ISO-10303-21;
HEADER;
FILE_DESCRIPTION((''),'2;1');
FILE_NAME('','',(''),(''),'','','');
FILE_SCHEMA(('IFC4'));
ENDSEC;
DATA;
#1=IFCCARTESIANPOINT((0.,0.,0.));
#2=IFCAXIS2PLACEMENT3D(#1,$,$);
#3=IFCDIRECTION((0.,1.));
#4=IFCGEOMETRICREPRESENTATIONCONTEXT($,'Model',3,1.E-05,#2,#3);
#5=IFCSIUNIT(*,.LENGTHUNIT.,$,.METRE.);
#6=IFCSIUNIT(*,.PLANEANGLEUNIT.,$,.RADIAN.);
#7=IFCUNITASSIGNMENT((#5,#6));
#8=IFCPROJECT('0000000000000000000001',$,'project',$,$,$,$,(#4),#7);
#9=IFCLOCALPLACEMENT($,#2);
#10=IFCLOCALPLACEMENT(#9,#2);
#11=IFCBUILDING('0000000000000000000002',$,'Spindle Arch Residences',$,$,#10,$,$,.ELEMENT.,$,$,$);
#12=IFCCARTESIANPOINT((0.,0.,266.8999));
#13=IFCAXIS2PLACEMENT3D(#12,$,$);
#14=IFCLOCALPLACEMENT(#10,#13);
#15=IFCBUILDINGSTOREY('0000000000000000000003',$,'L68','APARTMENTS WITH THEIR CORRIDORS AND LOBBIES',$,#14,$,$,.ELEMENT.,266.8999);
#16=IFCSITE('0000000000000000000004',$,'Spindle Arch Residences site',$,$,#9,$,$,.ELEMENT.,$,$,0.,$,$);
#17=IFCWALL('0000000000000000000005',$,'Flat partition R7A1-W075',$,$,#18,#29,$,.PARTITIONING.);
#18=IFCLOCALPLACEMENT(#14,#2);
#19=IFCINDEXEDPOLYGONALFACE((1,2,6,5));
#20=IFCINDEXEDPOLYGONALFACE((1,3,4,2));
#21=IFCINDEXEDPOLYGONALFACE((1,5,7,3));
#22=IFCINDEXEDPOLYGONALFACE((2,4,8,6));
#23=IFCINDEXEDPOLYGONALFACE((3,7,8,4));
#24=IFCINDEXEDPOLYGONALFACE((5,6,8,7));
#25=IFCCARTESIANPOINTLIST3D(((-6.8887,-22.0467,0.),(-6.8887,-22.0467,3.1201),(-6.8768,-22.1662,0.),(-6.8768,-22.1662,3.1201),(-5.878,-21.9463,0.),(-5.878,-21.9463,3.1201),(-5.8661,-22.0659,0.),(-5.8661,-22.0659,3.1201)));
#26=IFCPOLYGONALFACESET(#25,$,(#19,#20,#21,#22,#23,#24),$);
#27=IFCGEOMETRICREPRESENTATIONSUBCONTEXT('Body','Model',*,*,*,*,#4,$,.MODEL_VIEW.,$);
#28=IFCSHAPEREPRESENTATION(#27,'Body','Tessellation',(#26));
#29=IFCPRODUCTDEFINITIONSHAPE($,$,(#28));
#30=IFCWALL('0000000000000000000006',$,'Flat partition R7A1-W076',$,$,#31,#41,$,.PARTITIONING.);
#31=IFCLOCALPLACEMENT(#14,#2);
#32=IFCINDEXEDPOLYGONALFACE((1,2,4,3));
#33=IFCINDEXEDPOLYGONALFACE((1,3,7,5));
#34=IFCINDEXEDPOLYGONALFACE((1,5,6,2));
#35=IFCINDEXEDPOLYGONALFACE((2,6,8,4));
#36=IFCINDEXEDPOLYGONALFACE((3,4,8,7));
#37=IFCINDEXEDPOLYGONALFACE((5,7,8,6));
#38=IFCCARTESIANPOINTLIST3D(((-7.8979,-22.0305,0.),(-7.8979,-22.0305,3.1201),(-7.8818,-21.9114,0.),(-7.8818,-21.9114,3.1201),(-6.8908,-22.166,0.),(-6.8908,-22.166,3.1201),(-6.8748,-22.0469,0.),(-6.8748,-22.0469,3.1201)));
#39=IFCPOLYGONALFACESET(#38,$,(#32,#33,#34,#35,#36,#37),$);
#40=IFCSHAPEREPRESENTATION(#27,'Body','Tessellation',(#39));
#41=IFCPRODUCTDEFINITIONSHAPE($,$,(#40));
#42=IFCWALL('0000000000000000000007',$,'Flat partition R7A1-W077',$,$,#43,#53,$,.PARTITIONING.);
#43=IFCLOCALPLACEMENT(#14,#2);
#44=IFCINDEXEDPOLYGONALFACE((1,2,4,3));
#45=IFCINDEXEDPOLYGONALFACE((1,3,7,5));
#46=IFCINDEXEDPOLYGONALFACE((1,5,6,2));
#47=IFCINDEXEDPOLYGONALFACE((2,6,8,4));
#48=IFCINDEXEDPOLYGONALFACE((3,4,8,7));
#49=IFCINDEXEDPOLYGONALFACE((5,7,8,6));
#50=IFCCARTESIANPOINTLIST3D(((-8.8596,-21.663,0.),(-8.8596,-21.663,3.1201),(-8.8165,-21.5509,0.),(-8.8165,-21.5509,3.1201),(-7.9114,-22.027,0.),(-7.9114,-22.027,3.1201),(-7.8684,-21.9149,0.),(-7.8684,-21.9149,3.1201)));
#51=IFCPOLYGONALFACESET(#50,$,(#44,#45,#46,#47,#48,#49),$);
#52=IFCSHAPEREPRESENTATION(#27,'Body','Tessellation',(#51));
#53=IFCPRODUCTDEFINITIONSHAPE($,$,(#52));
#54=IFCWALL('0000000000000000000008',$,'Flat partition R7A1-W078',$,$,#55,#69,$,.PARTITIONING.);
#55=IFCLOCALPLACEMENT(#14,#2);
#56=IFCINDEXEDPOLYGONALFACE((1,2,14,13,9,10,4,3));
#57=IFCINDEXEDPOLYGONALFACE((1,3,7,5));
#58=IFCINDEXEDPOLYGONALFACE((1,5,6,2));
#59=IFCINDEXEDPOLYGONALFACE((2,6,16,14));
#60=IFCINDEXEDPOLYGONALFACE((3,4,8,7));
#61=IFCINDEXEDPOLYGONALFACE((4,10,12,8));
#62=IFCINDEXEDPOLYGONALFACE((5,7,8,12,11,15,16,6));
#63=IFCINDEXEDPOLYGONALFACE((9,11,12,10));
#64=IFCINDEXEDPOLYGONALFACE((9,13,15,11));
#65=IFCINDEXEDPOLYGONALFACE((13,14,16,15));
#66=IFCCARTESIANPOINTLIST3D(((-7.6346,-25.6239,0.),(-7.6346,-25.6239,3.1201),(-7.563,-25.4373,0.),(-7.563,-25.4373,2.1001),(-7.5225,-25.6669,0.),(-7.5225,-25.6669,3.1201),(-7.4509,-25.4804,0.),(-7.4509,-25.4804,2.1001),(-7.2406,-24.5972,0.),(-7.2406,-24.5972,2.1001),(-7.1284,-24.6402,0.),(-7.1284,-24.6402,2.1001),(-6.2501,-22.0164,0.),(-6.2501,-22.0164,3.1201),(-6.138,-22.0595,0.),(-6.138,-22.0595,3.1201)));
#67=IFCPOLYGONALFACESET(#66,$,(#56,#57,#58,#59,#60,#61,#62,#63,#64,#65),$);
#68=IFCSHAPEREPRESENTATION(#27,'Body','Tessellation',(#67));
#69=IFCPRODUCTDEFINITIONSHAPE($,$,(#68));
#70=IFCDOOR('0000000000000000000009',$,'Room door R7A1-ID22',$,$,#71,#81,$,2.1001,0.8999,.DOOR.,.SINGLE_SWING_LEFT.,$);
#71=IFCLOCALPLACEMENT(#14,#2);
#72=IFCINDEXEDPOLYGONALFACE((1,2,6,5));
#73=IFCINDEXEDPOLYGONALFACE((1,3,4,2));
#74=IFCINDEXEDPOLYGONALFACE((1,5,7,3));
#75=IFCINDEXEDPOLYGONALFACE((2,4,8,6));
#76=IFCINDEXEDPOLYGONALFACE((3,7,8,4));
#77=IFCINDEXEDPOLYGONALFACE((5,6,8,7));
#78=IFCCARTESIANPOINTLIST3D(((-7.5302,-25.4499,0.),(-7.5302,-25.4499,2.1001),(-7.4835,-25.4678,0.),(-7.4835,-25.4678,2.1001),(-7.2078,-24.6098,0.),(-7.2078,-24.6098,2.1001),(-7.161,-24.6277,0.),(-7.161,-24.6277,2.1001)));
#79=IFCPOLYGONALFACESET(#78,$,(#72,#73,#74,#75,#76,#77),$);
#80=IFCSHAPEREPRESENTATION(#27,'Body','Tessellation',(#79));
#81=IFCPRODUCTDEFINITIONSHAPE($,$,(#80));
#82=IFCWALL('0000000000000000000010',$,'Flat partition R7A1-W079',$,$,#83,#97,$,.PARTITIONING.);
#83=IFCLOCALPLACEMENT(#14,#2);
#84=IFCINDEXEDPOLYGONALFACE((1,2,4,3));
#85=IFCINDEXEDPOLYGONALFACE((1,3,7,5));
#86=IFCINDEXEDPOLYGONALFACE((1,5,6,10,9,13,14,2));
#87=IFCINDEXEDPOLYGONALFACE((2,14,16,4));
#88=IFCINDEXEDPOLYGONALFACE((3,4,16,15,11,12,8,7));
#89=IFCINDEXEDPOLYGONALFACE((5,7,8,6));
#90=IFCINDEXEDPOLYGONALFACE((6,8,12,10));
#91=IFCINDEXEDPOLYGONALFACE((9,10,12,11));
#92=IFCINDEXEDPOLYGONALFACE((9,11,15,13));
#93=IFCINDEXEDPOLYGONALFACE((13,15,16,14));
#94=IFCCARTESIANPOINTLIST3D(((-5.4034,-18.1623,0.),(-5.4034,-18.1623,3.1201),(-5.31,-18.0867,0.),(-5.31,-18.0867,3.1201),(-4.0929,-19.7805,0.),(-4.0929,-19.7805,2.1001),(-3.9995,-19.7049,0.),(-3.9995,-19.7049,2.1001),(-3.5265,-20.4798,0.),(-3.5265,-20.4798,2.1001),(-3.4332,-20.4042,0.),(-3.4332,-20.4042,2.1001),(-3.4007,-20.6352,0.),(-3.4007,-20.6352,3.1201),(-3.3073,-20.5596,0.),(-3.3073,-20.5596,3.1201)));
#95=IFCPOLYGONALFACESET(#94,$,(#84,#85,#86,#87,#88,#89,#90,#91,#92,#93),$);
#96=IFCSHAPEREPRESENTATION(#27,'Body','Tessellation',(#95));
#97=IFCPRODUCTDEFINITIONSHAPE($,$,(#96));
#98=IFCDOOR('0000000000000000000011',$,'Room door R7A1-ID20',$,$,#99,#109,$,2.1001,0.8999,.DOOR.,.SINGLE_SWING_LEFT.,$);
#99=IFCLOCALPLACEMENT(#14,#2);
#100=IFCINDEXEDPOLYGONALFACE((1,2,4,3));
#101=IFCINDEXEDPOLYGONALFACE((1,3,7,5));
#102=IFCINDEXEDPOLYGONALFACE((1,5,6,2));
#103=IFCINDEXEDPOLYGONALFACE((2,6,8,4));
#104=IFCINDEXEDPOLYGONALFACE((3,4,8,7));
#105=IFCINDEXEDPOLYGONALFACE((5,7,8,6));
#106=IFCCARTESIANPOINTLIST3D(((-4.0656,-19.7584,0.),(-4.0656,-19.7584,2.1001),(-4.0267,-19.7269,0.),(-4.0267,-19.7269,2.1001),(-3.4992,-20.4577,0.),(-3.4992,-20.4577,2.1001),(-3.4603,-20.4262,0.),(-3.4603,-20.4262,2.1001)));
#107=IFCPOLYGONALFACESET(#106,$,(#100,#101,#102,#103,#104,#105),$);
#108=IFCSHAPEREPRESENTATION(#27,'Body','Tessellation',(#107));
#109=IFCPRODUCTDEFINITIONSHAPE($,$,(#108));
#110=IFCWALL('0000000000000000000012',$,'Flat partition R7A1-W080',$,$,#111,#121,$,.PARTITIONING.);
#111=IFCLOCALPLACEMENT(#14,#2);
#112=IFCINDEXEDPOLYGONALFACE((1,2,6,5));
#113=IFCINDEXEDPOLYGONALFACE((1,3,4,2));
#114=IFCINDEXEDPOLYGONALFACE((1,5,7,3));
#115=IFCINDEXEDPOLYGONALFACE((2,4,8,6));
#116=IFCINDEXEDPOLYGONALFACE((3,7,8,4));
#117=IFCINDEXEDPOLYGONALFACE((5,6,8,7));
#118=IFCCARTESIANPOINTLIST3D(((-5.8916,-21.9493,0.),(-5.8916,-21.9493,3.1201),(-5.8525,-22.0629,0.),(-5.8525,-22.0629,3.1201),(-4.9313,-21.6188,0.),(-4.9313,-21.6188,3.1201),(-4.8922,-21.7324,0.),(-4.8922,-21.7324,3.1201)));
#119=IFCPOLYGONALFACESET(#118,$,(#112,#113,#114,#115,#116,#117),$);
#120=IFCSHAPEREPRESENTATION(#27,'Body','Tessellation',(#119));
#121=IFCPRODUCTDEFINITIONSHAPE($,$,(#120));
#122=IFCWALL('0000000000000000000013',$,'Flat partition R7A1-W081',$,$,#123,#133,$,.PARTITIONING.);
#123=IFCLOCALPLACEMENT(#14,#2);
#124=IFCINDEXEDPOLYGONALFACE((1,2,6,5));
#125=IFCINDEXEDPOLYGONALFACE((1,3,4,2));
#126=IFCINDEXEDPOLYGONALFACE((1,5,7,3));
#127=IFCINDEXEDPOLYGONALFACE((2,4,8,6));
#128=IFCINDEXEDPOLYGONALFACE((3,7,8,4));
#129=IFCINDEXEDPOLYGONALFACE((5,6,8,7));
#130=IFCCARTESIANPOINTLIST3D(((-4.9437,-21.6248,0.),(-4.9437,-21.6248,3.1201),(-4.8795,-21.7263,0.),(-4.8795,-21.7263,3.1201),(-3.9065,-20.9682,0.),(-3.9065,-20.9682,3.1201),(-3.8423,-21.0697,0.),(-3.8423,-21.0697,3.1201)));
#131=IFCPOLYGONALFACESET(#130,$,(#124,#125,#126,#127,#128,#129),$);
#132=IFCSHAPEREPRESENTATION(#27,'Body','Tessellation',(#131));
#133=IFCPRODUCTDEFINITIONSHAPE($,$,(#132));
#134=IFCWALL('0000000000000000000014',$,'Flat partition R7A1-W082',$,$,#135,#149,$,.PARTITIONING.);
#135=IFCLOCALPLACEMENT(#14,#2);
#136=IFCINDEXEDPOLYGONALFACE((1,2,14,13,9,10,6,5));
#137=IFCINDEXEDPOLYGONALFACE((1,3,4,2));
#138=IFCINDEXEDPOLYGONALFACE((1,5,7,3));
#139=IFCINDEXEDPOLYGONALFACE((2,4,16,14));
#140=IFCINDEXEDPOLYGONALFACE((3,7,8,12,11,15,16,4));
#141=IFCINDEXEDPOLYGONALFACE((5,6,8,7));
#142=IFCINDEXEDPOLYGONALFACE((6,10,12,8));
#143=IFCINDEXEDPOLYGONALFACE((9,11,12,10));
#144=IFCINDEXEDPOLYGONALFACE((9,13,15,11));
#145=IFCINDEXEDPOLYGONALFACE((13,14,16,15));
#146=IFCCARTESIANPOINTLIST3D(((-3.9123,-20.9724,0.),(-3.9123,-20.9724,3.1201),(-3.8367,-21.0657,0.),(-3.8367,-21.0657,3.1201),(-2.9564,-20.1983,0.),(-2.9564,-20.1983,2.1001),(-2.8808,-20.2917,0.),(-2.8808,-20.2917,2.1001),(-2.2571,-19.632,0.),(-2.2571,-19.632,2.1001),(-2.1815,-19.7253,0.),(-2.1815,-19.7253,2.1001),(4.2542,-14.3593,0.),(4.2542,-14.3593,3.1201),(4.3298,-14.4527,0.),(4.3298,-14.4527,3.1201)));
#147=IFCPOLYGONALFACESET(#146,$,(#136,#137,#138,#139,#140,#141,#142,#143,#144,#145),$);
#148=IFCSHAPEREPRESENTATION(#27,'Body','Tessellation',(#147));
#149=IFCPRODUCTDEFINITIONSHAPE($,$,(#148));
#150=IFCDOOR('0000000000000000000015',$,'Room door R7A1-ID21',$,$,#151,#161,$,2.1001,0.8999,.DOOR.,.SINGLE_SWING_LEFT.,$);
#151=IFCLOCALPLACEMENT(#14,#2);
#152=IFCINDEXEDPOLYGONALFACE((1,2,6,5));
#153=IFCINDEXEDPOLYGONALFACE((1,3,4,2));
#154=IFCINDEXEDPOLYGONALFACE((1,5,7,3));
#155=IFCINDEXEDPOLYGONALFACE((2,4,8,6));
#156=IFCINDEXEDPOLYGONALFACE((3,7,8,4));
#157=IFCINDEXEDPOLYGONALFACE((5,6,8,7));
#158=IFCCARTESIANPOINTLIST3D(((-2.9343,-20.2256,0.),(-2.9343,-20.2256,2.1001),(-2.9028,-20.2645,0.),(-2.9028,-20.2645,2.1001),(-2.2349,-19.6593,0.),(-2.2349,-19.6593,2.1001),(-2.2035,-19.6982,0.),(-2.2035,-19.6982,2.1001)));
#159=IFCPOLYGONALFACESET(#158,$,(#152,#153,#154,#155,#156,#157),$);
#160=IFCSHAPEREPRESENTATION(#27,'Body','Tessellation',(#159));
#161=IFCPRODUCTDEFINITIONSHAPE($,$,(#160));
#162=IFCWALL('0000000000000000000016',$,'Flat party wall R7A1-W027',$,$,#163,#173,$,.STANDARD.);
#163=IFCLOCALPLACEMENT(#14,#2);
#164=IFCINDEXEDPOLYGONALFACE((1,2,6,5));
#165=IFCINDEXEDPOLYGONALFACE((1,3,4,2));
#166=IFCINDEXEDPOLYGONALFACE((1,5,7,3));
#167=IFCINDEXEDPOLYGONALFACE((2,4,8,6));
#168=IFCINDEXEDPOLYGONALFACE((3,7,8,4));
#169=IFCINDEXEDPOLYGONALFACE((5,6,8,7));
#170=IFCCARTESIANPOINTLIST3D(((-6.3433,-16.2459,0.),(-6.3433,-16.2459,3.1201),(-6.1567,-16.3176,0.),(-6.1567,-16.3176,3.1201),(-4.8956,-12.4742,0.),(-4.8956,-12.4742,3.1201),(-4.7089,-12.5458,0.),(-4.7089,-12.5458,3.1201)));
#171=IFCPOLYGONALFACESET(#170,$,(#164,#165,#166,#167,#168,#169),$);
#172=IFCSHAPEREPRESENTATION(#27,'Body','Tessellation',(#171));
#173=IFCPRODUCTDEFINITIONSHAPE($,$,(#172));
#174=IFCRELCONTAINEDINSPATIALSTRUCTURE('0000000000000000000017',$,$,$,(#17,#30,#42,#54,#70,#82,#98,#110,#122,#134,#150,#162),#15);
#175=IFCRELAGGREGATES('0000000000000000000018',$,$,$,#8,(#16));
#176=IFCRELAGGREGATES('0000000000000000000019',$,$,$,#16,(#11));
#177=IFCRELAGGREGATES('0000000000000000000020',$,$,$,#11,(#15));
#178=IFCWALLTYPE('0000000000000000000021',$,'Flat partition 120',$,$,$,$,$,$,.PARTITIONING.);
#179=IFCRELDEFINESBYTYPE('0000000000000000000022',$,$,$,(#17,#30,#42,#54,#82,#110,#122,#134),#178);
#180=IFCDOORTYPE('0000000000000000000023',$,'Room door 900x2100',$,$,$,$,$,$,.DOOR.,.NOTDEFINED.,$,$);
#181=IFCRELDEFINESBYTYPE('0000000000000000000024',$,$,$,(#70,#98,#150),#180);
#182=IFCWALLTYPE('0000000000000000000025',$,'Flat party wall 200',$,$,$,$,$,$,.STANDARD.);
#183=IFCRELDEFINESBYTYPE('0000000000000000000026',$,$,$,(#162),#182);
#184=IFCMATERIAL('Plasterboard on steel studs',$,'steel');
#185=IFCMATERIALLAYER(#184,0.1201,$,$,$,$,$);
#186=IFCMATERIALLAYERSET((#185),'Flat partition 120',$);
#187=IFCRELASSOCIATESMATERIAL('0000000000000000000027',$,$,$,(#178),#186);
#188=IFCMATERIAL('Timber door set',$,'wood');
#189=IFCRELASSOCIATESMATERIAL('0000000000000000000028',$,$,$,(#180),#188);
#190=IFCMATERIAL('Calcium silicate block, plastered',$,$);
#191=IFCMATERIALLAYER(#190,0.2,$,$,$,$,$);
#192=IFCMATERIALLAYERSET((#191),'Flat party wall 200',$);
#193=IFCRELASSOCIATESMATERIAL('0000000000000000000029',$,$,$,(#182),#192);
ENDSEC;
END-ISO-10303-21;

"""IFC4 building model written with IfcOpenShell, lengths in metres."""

from ifc_helpers import new_model, si_unit, direction, frame, frame_2d, origin, place, context, subcontext, project, spatial, rectangle, extrude, material, layer, layer_set, type_object, element, fill, save


model = new_model("IFC4")

# Units and contexts
model_context = context("Model", 3, precision=1e-05, world=origin(), true_north=direction((0.0, 1.0)))
body_context = subcontext(model_context, "Body", "Model", "MODEL_VIEW")
ifc_project = project(units=[si_unit("LENGTHUNIT", "METRE"), si_unit("PLANEANGLEUNIT", "RADIAN")], contexts=[model_context])

# Site, building, storey
site_placement = place(None, origin())
site = spatial("IfcSite", under=ifc_project, at=site_placement, Name="Spindle Arch Residences site", CompositionType="ELEMENT", RefElevation=0.0)
building_placement = place(site_placement, origin())
building = spatial("IfcBuilding", under=site, at=building_placement, Name="Spindle Arch Residences", CompositionType="ELEMENT")
storey_placement = place(building_placement, frame((0.0, 0.0, 266.8999)))
storey = spatial("IfcBuildingStorey", under=building, at=storey_placement, Name="L68", Description="APARTMENTS WITH THEIR CORRIDORS AND LOBBIES", CompositionType="ELEMENT", Elevation=266.8999)

# Walls
ifc_material_1 = material(Name="Plasterboard on steel studs", Category="steel")
ifc_layer_1 = layer(ifc_material_1, 0.1201)
ifc_layer_set_1 = layer_set([ifc_layer_1], Name="Flat partition 120")
wall_type_1 = type_object("IfcWallType", Name="Flat partition 120", PredefinedType="PARTITIONING", material=ifc_layer_set_1)
wall_1_placement = place(storey_placement, frame((-5.8721, -22.0061, 0.0), z_axis=(0.0, 0.0, 1.0), x_axis=(-0.995108, -0.09879, 0.0)))
element("IfcWall", 1, at=wall_1_placement, inside=storey, type_object=wall_type_1, Name="Flat partition R7A1-W075", PredefinedType="PARTITIONING", context=body_context, shape_type="SweptSolid", body=[
    extrude(rectangle(XDim=1.0156, YDim=0.1201, at=frame_2d((0.5078, 0.0))), origin(), (0.0, 0.0, 1.0), 3.1201),
])
wall_2_placement = place(storey_placement, frame((-6.8828, -22.1064, 0.0), z_axis=(0.0, 0.0, 1.0), x_axis=(-0.99107, 0.133344, 0.0)))
element("IfcWall", 2, at=wall_2_placement, inside=storey, type_object=wall_type_1, Name="Flat partition R7A1-W076", PredefinedType="PARTITIONING", context=body_context, shape_type="SweptSolid", body=[
    extrude(rectangle(XDim=1.0161, YDim=0.1201, at=frame_2d((0.5081, 0.0))), origin(), (0.0, 0.0, 1.0), 3.1201),
])
wall_3_placement = place(storey_placement, frame((-7.8899, -21.9709, 0.0), z_axis=(0.0, 0.0, 1.0), x_axis=(-0.933575, 0.358383, 0.0)))
element("IfcWall", 3, at=wall_3_placement, inside=storey, type_object=wall_type_1, Name="Flat partition R7A1-W077", PredefinedType="PARTITIONING", context=body_context, shape_type="SweptSolid", body=[
    extrude(rectangle(XDim=1.0156, YDim=0.1201, at=frame_2d((0.5078, 0.0))), origin(), (0.0, 0.0, 1.0), 3.1201),
])

# Walls, openings, doors
wall_4_placement = place(storey_placement, frame((-7.5786, -25.6455, 0.0), z_axis=(0.0, 0.0, 1.0), x_axis=(0.358314, 0.933601, 0.0)))
wall_4 = element("IfcWall", 4, at=wall_4_placement, inside=storey, type_object=wall_type_1, Name="Flat partition R7A1-W078", PredefinedType="PARTITIONING", context=body_context, shape_type="SweptSolid", body=[
    extrude(rectangle(XDim=3.864, YDim=0.1201, at=frame_2d((1.9321, 0.0))), origin(), (0.0, 0.0, 1.0), 3.1201),
])
opening_1_placement = place(wall_4_placement, frame((0.2, 0.0, 0.0)))
opening_1 = element("IfcOpeningElement", 5, at=opening_1_placement, cuts=wall_4, PredefinedType="OPENING", context=body_context, shape_type="SweptSolid", body=[
    extrude(rectangle(XDim=0.8999, YDim=2.1001, at=frame_2d((0.45, 1.05))), frame((0.0, 0.0701, 0.0), z_axis=(0.0, -1.0, 0.0), x_axis=(1.0, 0.0, 0.0)), (0.0, 0.0, 1.0), 0.1401),
])
ifc_material_2 = material(Name="Timber door set", Category="wood")
door_type = type_object("IfcDoorType", Name="Room door 900x2100", OperationType="NOTDEFINED", PredefinedType="DOOR", material=ifc_material_2)
door_1_placement = place(opening_1_placement, origin())
door_1 = element("IfcDoor", 6, at=door_1_placement, inside=storey, type_object=door_type, Name="Room door R7A1-ID22", OperationType="SINGLE_SWING_LEFT", OverallHeight=2.1001, OverallWidth=0.8999, PredefinedType="DOOR", context=body_context, shape_type="SweptSolid", body=[
    extrude(rectangle(XDim=0.8999, YDim=2.1001, at=frame_2d((0.45, 1.05))), frame((0.0, 0.0249, 0.0), z_axis=(0.0, -1.0, 0.0), x_axis=(1.0, 0.0, 0.0)), (0.0, 0.0, 1.0), 0.05),
])
fill(opening_1, door_1)
wall_5_placement = place(storey_placement, frame((-3.354, -20.5974, 0.0), z_axis=(0.0, 0.0, 1.0), x_axis=(-0.629353, 0.77712, 0.0)))
wall_5 = element("IfcWall", 7, at=wall_5_placement, inside=storey, type_object=wall_type_1, Name="Flat partition R7A1-W079", PredefinedType="PARTITIONING", context=body_context, shape_type="SweptSolid", body=[
    extrude(rectangle(XDim=3.1821, YDim=0.1201, at=frame_2d((1.5911, 0.0))), origin(), (0.0, 0.0, 1.0), 3.1201),
])
opening_2_placement = place(wall_5_placement, frame((0.2, 0.0, 0.0)))
opening_2 = element("IfcOpeningElement", 8, at=opening_2_placement, cuts=wall_5, PredefinedType="OPENING", context=body_context, shape_type="SweptSolid", body=[
    extrude(rectangle(XDim=0.8999, YDim=2.1001, at=frame_2d((0.45, 1.05))), frame((0.0, 0.0701, 0.0), z_axis=(0.0, -1.0, 0.0), x_axis=(1.0, 0.0, 0.0)), (0.0, 0.0, 1.0), 0.1401),
])
door_2_placement = place(opening_2_placement, origin())
door_2 = element("IfcDoor", 9, at=door_2_placement, inside=storey, type_object=door_type, Name="Room door R7A1-ID20", OperationType="SINGLE_SWING_LEFT", OverallHeight=2.1001, OverallWidth=0.8999, PredefinedType="DOOR", context=body_context, shape_type="SweptSolid", body=[
    extrude(rectangle(XDim=0.8999, YDim=2.1001, at=frame_2d((0.45, 1.05))), frame((0.0, 0.0249, 0.0), z_axis=(0.0, -1.0, 0.0), x_axis=(1.0, 0.0, 0.0)), (0.0, 0.0, 1.0), 0.05),
])
fill(opening_2, door_2)

# Walls
wall_6_placement = place(storey_placement, frame((-5.8721, -22.0061, 0.0), z_axis=(0.0, 0.0, 1.0), x_axis=(0.945562, 0.325442, 0.0)))
element("IfcWall", 10, at=wall_6_placement, inside=storey, type_object=wall_type_1, Name="Flat partition R7A1-W080", PredefinedType="PARTITIONING", context=body_context, shape_type="SweptSolid", body=[
    extrude(rectangle(XDim=1.0156, YDim=0.1201, at=frame_2d((0.5078, 0.0))), origin(), (0.0, 0.0, 1.0), 3.1201),
])
wall_7_placement = place(storey_placement, frame((-4.9116, -21.6755, 0.0), z_axis=(0.0, 0.0, 1.0), x_axis=(0.844945, 0.534853, 0.0)))
element("IfcWall", 11, at=wall_7_placement, inside=storey, type_object=wall_type_1, Name="Flat partition R7A1-W081", PredefinedType="PARTITIONING", context=body_context, shape_type="SweptSolid", body=[
    extrude(rectangle(XDim=1.2275, YDim=0.1201, at=frame_2d((0.6138, 0.0))), origin(), (0.0, 0.0, 1.0), 3.1201),
])

# Wall, opening, door
wall_8_placement = place(storey_placement, frame((-3.8745, -21.019, 0.0), z_axis=(0.0, 0.0, 1.0), x_axis=(0.777149, 0.629317, 0.0)))
wall_8 = element("IfcWall", 12, at=wall_8_placement, inside=storey, type_object=wall_type_1, Name="Flat partition R7A1-W082", PredefinedType="PARTITIONING", context=body_context, shape_type="SweptSolid", body=[
    extrude(rectangle(XDim=10.5083, YDim=0.1201, at=frame_2d((5.2542, 0.0))), origin(), (0.0, 0.0, 1.0), 3.1201),
])
opening_3_placement = place(wall_8_placement, frame((1.23, 0.0, 0.0)))
opening_3 = element("IfcOpeningElement", 13, at=opening_3_placement, cuts=wall_8, PredefinedType="OPENING", context=body_context, shape_type="SweptSolid", body=[
    extrude(rectangle(XDim=0.8999, YDim=2.1001, at=frame_2d((0.45, 1.05))), frame((0.0, 0.0701, 0.0), z_axis=(0.0, -1.0, 0.0), x_axis=(1.0, 0.0, 0.0)), (0.0, 0.0, 1.0), 0.1401),
])
door_3_placement = place(opening_3_placement, origin())
door_3 = element("IfcDoor", 14, at=door_3_placement, inside=storey, type_object=door_type, Name="Room door R7A1-ID21", OperationType="SINGLE_SWING_LEFT", OverallHeight=2.1001, OverallWidth=0.8999, PredefinedType="DOOR", context=body_context, shape_type="SweptSolid", body=[
    extrude(rectangle(XDim=0.8999, YDim=2.1001, at=frame_2d((0.45, 1.05))), frame((0.0, 0.0249, 0.0), z_axis=(0.0, -1.0, 0.0), x_axis=(1.0, 0.0, 0.0)), (0.0, 0.0, 1.0), 0.05),
])
fill(opening_3, door_3)

# Wall
ifc_material_3 = material(Name="Calcium silicate block, plastered")
ifc_layer_2 = layer(ifc_material_3, 0.2)
ifc_layer_set_2 = layer_set([ifc_layer_2], Name="Flat party wall 200")
wall_type_2 = type_object("IfcWallType", Name="Flat party wall 200", PredefinedType="STANDARD", material=ifc_layer_set_2)
wall_9_placement = place(storey_placement, frame((-6.25, -16.2817, 0.0), z_axis=(0.0, 0.0, 1.0), x_axis=(0.358351, 0.933587, 0.0)))
element("IfcWall", 15, at=wall_9_placement, inside=storey, type_object=wall_type_2, Name="Flat party wall R7A1-W027", PredefinedType="STANDARD", context=body_context, shape_type="SweptSolid", body=[
    extrude(rectangle(XDim=4.04, YDim=0.2, at=frame_2d((2.02, 0.0))), origin(), (0.0, 0.0, 1.0), 3.1201),
])

save(model, "model.ifc")
